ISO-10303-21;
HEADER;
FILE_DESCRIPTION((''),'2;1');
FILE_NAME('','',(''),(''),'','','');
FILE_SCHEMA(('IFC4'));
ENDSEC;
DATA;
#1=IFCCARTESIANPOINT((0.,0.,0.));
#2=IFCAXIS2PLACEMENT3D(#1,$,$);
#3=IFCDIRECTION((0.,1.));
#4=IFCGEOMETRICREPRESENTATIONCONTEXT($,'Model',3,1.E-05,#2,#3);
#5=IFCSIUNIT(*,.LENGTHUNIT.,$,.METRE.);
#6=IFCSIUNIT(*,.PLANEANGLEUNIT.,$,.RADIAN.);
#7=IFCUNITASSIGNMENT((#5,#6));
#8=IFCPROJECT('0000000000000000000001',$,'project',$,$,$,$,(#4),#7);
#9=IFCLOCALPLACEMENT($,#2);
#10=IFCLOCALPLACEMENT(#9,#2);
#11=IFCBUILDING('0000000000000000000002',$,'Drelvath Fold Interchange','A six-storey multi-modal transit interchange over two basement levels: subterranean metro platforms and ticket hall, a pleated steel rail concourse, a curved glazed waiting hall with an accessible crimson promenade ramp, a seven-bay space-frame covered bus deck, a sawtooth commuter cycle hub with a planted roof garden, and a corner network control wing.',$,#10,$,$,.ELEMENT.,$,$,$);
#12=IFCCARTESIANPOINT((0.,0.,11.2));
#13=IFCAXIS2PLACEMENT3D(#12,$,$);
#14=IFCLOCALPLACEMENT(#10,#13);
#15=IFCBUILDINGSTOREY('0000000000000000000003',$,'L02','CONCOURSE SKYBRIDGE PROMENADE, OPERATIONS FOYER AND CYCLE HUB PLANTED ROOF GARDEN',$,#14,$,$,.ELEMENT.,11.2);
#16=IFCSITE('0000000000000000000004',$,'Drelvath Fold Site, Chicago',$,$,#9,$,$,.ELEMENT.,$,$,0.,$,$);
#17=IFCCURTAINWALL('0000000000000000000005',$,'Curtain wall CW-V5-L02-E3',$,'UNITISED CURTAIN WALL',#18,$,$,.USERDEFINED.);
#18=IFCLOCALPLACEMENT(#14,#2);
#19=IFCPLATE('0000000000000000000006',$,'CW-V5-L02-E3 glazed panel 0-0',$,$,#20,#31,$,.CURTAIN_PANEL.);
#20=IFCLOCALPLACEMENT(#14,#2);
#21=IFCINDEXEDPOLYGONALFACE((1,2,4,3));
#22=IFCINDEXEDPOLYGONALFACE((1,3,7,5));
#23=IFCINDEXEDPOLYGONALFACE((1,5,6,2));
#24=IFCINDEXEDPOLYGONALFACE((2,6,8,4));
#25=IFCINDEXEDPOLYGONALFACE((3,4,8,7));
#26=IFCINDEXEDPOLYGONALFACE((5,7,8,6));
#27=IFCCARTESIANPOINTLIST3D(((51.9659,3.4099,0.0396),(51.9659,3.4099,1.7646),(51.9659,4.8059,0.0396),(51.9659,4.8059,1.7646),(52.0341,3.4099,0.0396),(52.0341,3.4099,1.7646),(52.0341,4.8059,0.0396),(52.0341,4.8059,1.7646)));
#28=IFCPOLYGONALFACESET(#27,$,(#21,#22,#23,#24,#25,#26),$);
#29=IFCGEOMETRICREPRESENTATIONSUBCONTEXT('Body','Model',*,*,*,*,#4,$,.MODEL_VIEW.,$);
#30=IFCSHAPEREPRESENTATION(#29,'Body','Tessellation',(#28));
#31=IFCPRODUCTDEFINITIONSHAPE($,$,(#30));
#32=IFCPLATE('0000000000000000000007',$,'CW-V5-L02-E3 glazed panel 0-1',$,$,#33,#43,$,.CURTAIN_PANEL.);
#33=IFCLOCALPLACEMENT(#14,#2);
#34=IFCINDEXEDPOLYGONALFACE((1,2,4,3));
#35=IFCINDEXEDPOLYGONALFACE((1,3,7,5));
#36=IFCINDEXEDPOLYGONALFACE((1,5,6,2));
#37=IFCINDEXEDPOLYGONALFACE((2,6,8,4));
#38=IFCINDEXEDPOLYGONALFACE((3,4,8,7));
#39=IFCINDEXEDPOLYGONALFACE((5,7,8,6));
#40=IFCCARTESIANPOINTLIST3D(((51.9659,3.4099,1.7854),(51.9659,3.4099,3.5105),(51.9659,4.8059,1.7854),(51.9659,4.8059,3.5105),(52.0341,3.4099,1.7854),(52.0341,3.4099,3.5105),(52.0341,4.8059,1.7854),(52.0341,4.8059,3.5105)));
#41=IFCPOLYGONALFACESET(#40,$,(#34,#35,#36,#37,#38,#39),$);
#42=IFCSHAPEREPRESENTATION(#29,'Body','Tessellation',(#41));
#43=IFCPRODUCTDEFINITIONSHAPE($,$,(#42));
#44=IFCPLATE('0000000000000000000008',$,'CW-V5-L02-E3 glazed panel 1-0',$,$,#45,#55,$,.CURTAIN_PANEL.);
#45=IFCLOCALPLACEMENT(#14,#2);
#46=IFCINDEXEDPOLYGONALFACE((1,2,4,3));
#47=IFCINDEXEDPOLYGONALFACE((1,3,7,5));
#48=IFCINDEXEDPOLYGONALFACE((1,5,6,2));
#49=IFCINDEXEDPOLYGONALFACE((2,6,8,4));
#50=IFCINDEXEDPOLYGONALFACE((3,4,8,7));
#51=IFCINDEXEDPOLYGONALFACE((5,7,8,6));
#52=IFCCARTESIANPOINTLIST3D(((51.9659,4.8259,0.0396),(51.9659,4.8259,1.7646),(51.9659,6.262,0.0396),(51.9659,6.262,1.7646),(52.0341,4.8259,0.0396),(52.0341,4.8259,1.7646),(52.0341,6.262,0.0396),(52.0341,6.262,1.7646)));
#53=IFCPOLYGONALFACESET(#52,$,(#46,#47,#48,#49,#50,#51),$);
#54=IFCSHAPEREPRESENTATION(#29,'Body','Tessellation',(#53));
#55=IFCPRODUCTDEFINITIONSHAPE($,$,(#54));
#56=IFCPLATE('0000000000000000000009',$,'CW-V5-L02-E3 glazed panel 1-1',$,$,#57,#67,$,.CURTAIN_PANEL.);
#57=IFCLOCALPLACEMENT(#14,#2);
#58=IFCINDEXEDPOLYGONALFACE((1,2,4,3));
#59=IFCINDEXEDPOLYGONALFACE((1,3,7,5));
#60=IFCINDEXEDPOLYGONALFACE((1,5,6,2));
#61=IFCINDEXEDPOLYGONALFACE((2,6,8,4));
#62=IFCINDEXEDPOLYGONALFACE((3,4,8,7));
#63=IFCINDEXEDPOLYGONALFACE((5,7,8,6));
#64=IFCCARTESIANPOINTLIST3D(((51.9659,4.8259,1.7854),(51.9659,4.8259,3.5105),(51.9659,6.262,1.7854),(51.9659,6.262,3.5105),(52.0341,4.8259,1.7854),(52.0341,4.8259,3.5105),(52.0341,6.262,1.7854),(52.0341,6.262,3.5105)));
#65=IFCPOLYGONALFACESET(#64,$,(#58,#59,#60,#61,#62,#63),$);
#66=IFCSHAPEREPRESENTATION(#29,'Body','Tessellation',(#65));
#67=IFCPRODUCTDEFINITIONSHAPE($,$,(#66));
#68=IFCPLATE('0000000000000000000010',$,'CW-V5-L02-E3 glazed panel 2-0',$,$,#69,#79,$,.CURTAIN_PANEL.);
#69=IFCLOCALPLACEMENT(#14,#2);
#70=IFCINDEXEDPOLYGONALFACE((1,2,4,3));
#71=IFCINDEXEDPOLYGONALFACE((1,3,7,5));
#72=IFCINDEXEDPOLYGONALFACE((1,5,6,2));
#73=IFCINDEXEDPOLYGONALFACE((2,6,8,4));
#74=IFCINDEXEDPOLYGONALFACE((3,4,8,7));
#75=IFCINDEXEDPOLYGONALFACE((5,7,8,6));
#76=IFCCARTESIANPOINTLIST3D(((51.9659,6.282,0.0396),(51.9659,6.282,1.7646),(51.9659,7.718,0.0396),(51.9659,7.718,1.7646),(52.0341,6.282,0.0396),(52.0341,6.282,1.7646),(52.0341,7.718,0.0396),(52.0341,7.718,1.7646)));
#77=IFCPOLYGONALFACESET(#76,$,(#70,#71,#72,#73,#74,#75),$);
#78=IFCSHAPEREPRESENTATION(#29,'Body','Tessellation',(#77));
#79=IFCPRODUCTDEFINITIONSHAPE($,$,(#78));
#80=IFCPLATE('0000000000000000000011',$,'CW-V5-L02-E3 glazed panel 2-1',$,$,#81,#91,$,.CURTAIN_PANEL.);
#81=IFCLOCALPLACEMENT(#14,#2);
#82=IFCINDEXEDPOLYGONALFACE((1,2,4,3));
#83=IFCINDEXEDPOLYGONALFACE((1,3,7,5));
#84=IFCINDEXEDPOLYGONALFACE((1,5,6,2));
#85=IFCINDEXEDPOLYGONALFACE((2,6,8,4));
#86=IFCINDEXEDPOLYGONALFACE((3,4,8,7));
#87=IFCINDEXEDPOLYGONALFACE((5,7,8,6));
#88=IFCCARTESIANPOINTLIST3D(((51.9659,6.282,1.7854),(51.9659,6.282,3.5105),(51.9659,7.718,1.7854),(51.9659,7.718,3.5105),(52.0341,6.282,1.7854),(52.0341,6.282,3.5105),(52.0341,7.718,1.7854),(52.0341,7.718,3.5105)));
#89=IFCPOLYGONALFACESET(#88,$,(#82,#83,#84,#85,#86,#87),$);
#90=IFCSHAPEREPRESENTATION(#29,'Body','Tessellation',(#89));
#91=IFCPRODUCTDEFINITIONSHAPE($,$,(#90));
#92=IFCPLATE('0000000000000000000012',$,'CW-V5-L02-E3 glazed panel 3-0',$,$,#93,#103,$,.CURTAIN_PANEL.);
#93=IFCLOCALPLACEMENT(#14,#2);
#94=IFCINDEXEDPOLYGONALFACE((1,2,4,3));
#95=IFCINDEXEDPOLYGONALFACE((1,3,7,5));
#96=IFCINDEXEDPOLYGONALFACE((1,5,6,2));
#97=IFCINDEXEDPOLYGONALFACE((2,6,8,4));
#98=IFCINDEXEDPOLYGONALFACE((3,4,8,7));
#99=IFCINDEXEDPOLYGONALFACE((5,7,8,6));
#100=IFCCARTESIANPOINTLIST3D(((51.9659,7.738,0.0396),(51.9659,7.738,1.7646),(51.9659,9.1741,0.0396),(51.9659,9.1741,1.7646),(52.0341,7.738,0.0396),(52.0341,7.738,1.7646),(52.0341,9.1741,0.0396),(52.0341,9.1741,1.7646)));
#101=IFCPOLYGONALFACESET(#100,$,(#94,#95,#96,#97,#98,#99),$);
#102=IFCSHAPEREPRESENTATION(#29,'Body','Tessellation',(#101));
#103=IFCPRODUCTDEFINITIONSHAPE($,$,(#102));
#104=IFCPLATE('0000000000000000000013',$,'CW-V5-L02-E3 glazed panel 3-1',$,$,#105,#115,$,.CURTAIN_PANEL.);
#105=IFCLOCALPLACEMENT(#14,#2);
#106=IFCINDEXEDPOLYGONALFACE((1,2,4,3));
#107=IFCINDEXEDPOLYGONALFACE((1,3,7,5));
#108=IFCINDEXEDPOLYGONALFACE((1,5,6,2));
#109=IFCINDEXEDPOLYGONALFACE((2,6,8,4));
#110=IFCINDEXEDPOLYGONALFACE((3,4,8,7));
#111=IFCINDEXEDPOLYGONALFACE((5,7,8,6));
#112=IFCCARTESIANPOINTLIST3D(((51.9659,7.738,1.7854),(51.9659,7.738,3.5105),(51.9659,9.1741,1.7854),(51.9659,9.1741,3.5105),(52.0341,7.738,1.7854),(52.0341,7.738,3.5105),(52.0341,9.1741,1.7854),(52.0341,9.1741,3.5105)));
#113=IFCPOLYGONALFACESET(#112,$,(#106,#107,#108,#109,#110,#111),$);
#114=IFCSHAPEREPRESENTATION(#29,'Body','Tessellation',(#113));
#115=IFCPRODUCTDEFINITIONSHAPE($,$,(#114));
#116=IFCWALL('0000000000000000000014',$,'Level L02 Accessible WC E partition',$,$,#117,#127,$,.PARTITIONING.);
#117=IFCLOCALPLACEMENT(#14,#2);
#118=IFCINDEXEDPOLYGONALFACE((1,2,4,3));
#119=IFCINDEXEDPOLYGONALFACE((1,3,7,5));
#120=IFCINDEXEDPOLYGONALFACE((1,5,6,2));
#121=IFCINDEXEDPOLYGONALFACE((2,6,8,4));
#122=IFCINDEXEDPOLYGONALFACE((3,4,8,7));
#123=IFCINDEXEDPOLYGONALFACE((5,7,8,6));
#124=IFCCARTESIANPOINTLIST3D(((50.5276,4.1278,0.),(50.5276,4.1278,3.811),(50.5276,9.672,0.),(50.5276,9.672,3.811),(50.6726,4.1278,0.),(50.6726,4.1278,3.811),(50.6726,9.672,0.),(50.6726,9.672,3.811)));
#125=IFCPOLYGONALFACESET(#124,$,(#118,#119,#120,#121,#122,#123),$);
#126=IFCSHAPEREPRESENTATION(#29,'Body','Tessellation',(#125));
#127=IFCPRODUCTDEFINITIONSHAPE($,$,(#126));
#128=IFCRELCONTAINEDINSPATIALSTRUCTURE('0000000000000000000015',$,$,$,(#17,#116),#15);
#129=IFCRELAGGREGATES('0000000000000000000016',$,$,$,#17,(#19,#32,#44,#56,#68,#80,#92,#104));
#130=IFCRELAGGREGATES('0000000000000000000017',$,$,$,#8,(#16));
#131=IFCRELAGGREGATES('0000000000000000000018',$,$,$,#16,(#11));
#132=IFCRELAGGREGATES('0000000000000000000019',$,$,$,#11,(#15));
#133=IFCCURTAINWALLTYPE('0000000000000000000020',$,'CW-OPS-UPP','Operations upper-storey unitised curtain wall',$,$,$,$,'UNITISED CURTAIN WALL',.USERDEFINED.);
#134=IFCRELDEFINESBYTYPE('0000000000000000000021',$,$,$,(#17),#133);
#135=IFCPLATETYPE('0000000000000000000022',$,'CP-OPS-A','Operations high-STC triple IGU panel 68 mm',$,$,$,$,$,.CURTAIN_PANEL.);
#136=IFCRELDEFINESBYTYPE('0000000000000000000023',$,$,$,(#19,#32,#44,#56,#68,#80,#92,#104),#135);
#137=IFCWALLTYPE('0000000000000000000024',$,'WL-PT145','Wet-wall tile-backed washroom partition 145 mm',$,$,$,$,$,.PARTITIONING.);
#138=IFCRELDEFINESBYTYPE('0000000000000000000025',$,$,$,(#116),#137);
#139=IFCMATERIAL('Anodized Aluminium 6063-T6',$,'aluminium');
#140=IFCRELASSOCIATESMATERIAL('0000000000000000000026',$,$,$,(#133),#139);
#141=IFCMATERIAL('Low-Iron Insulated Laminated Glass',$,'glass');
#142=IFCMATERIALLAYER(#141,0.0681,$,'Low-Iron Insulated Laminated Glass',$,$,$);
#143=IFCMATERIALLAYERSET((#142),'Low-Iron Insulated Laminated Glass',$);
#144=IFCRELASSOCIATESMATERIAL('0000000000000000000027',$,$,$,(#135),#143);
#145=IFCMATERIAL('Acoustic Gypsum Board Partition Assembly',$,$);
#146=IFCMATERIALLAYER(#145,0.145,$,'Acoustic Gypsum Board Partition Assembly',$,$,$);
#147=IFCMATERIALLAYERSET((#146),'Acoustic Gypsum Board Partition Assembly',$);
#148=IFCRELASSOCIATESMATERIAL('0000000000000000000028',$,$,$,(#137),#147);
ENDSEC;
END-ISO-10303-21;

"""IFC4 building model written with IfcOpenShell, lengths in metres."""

from ifc_helpers import new_model, si_unit, direction, frame, frame_2d, origin, origin_2d, place, context, subcontext, project, spatial, rectangle, extrude, material, layer, layer_set, type_object, element, aggregate, save


model = new_model("IFC4")

# Units and contexts
model_context = context("Model", 3, precision=1e-05, world=origin(), true_north=direction((0.0, 1.0)))
body_context = subcontext(model_context, "Body", "Model", "MODEL_VIEW")
ifc_project = project(units=[si_unit("LENGTHUNIT", "METRE"), si_unit("PLANEANGLEUNIT", "RADIAN")], contexts=[model_context])

# Site, building, storey
site_placement = place(None, origin())
site = spatial("IfcSite", under=ifc_project, at=site_placement, Name="Drelvath Fold Site, Chicago", CompositionType="ELEMENT", RefElevation=0.0)
building_placement = place(site_placement, origin())
building = spatial("IfcBuilding", under=site, at=building_placement, Name="Drelvath Fold Interchange", Description="A six-storey multi-modal transit interchange over two basement levels: subterranean metro platforms and ticket hall, a pleated steel rail concourse, a curved glazed waiting hall with an accessible crimson promenade ramp, a seven-bay space-frame covered bus deck, a sawtooth commuter cycle hub with a planted roof garden, and a corner network control wing.", CompositionType="ELEMENT")
storey_placement = place(building_placement, frame((0.0, 0.0, 11.2)))
storey = spatial("IfcBuildingStorey", under=building, at=storey_placement, Name="L02", Description="CONCOURSE SKYBRIDGE PROMENADE, OPERATIONS FOYER AND CYCLE HUB PLANTED ROOF GARDEN", CompositionType="ELEMENT", Elevation=11.2)

# Curtain wall
ifc_material_1 = material(Name="Anodized Aluminium 6063-T6", Category="aluminium")
curtain_wall_type = type_object("IfcCurtainWallType", Name="CW-OPS-UPP", Description="Operations upper-storey unitised curtain wall", ElementType="UNITISED CURTAIN WALL", PredefinedType="USERDEFINED", material=ifc_material_1)
curtain_wall_1_placement = place(storey_placement, origin())
curtain_wall_1 = element("IfcCurtainWall", 1, at=curtain_wall_1_placement, inside=storey, type_object=curtain_wall_type, Name="Curtain wall CW-V5-L02-E3", ObjectType="UNITISED CURTAIN WALL", PredefinedType="USERDEFINED")

# Plates
ifc_material_2 = material(Name="Low-Iron Insulated Laminated Glass", Category="glass")
ifc_layer_1 = layer(ifc_material_2, 0.0681, Name="Low-Iron Insulated Laminated Glass")
ifc_layer_set_1 = layer_set([ifc_layer_1], Name="Low-Iron Insulated Laminated Glass")
plate_type = type_object("IfcPlateType", Name="CP-OPS-A", Description="Operations high-STC triple IGU panel 68 mm", PredefinedType="CURTAIN_PANEL", material=ifc_layer_set_1)
plate_1_placement = place(storey_placement, frame((52.0, 4.1079, 0.0396), z_axis=(0.0, 0.0, 1.0), x_axis=(0.0, 1.0, 0.0)))
plate_1 = element("IfcPlate", 2, at=plate_1_placement, type_object=plate_type, Name="CW-V5-L02-E3 glazed panel 0-0", PredefinedType="CURTAIN_PANEL", context=body_context, shape_type="SweptSolid", body=[
    extrude(rectangle(XDim=1.396, YDim=0.0681, at=origin_2d()), origin(), (0.0, 0.0, 1.0), 1.7251),
])
plate_2_placement = place(storey_placement, frame((52.0, 4.1079, 1.7854), z_axis=(0.0, 0.0, 1.0), x_axis=(0.0, 1.0, 0.0)))
plate_2 = element("IfcPlate", 3, at=plate_2_placement, type_object=plate_type, Name="CW-V5-L02-E3 glazed panel 0-1", PredefinedType="CURTAIN_PANEL", context=body_context, shape_type="SweptSolid", body=[
    extrude(rectangle(XDim=1.396, YDim=0.0681, at=origin_2d()), origin(), (0.0, 0.0, 1.0), 1.7251),
])
plate_3_placement = place(storey_placement, frame((52.0, 5.5439, 0.0396), z_axis=(0.0, 0.0, 1.0), x_axis=(0.0, 1.0, 0.0)))
plate_3 = element("IfcPlate", 4, at=plate_3_placement, type_object=plate_type, Name="CW-V5-L02-E3 glazed panel 1-0", PredefinedType="CURTAIN_PANEL", context=body_context, shape_type="SweptSolid", body=[
    extrude(rectangle(XDim=1.436, YDim=0.0681, at=origin_2d()), origin(), (0.0, 0.0, 1.0), 1.7251),
])
plate_4_placement = place(storey_placement, frame((52.0, 5.5439, 1.7854), z_axis=(0.0, 0.0, 1.0), x_axis=(0.0, 1.0, 0.0)))
plate_4 = element("IfcPlate", 5, at=plate_4_placement, type_object=plate_type, Name="CW-V5-L02-E3 glazed panel 1-1", PredefinedType="CURTAIN_PANEL", context=body_context, shape_type="SweptSolid", body=[
    extrude(rectangle(XDim=1.436, YDim=0.0681, at=origin_2d()), origin(), (0.0, 0.0, 1.0), 1.7251),
])
plate_5_placement = place(storey_placement, frame((52.0, 7.0, 0.0396), z_axis=(0.0, 0.0, 1.0), x_axis=(0.0, 1.0, 0.0)))
plate_5 = element("IfcPlate", 6, at=plate_5_placement, type_object=plate_type, Name="CW-V5-L02-E3 glazed panel 2-0", PredefinedType="CURTAIN_PANEL", context=body_context, shape_type="SweptSolid", body=[
    extrude(rectangle(XDim=1.436, YDim=0.0681, at=origin_2d()), origin(), (0.0, 0.0, 1.0), 1.7251),
])
plate_6_placement = place(storey_placement, frame((52.0, 7.0, 1.7854), z_axis=(0.0, 0.0, 1.0), x_axis=(0.0, 1.0, 0.0)))
plate_6 = element("IfcPlate", 7, at=plate_6_placement, type_object=plate_type, Name="CW-V5-L02-E3 glazed panel 2-1", PredefinedType="CURTAIN_PANEL", context=body_context, shape_type="SweptSolid", body=[
    extrude(rectangle(XDim=1.436, YDim=0.0681, at=origin_2d()), origin(), (0.0, 0.0, 1.0), 1.7251),
])
plate_7_placement = place(storey_placement, frame((52.0, 8.4561, 0.0396), z_axis=(0.0, 0.0, 1.0), x_axis=(0.0, 1.0, 0.0)))
plate_7 = element("IfcPlate", 8, at=plate_7_placement, type_object=plate_type, Name="CW-V5-L02-E3 glazed panel 3-0", PredefinedType="CURTAIN_PANEL", context=body_context, shape_type="SweptSolid", body=[
    extrude(rectangle(XDim=1.436, YDim=0.0681, at=origin_2d()), origin(), (0.0, 0.0, 1.0), 1.7251),
])
plate_8_placement = place(storey_placement, frame((52.0, 8.4561, 1.7854), z_axis=(0.0, 0.0, 1.0), x_axis=(0.0, 1.0, 0.0)))
plate_8 = element("IfcPlate", 9, at=plate_8_placement, type_object=plate_type, Name="CW-V5-L02-E3 glazed panel 3-1", PredefinedType="CURTAIN_PANEL", context=body_context, shape_type="SweptSolid", body=[
    extrude(rectangle(XDim=1.436, YDim=0.0681, at=origin_2d()), origin(), (0.0, 0.0, 1.0), 1.7251),
])
aggregate(curtain_wall_1, [plate_1, plate_2, plate_3, plate_4, plate_5, plate_6, plate_7, plate_8])

# Wall
ifc_material_3 = material(Name="Acoustic Gypsum Board Partition Assembly")
ifc_layer_2 = layer(ifc_material_3, 0.145, Name="Acoustic Gypsum Board Partition Assembly")
ifc_layer_set_2 = layer_set([ifc_layer_2], Name="Acoustic Gypsum Board Partition Assembly")
wall_type = type_object("IfcWallType", Name="WL-PT145", Description="Wet-wall tile-backed washroom partition 145 mm", PredefinedType="PARTITIONING", material=ifc_layer_set_2)
wall_placement = place(storey_placement, frame((50.6001, 4.1279, 0.0), z_axis=(0.0, 0.0, 1.0), x_axis=(0.0, 1.0, 0.0)))
element("IfcWall", 10, at=wall_placement, inside=storey, type_object=wall_type, Name="Level L02 Accessible WC E partition", PredefinedType="PARTITIONING", context=body_context, shape_type="SweptSolid", body=[
    extrude(rectangle(XDim=5.5442, YDim=0.145, at=frame_2d((2.772, 0.0))), origin(), (0.0, 0.0, 1.0), 3.811),
])

save(model, "model.ifc")
